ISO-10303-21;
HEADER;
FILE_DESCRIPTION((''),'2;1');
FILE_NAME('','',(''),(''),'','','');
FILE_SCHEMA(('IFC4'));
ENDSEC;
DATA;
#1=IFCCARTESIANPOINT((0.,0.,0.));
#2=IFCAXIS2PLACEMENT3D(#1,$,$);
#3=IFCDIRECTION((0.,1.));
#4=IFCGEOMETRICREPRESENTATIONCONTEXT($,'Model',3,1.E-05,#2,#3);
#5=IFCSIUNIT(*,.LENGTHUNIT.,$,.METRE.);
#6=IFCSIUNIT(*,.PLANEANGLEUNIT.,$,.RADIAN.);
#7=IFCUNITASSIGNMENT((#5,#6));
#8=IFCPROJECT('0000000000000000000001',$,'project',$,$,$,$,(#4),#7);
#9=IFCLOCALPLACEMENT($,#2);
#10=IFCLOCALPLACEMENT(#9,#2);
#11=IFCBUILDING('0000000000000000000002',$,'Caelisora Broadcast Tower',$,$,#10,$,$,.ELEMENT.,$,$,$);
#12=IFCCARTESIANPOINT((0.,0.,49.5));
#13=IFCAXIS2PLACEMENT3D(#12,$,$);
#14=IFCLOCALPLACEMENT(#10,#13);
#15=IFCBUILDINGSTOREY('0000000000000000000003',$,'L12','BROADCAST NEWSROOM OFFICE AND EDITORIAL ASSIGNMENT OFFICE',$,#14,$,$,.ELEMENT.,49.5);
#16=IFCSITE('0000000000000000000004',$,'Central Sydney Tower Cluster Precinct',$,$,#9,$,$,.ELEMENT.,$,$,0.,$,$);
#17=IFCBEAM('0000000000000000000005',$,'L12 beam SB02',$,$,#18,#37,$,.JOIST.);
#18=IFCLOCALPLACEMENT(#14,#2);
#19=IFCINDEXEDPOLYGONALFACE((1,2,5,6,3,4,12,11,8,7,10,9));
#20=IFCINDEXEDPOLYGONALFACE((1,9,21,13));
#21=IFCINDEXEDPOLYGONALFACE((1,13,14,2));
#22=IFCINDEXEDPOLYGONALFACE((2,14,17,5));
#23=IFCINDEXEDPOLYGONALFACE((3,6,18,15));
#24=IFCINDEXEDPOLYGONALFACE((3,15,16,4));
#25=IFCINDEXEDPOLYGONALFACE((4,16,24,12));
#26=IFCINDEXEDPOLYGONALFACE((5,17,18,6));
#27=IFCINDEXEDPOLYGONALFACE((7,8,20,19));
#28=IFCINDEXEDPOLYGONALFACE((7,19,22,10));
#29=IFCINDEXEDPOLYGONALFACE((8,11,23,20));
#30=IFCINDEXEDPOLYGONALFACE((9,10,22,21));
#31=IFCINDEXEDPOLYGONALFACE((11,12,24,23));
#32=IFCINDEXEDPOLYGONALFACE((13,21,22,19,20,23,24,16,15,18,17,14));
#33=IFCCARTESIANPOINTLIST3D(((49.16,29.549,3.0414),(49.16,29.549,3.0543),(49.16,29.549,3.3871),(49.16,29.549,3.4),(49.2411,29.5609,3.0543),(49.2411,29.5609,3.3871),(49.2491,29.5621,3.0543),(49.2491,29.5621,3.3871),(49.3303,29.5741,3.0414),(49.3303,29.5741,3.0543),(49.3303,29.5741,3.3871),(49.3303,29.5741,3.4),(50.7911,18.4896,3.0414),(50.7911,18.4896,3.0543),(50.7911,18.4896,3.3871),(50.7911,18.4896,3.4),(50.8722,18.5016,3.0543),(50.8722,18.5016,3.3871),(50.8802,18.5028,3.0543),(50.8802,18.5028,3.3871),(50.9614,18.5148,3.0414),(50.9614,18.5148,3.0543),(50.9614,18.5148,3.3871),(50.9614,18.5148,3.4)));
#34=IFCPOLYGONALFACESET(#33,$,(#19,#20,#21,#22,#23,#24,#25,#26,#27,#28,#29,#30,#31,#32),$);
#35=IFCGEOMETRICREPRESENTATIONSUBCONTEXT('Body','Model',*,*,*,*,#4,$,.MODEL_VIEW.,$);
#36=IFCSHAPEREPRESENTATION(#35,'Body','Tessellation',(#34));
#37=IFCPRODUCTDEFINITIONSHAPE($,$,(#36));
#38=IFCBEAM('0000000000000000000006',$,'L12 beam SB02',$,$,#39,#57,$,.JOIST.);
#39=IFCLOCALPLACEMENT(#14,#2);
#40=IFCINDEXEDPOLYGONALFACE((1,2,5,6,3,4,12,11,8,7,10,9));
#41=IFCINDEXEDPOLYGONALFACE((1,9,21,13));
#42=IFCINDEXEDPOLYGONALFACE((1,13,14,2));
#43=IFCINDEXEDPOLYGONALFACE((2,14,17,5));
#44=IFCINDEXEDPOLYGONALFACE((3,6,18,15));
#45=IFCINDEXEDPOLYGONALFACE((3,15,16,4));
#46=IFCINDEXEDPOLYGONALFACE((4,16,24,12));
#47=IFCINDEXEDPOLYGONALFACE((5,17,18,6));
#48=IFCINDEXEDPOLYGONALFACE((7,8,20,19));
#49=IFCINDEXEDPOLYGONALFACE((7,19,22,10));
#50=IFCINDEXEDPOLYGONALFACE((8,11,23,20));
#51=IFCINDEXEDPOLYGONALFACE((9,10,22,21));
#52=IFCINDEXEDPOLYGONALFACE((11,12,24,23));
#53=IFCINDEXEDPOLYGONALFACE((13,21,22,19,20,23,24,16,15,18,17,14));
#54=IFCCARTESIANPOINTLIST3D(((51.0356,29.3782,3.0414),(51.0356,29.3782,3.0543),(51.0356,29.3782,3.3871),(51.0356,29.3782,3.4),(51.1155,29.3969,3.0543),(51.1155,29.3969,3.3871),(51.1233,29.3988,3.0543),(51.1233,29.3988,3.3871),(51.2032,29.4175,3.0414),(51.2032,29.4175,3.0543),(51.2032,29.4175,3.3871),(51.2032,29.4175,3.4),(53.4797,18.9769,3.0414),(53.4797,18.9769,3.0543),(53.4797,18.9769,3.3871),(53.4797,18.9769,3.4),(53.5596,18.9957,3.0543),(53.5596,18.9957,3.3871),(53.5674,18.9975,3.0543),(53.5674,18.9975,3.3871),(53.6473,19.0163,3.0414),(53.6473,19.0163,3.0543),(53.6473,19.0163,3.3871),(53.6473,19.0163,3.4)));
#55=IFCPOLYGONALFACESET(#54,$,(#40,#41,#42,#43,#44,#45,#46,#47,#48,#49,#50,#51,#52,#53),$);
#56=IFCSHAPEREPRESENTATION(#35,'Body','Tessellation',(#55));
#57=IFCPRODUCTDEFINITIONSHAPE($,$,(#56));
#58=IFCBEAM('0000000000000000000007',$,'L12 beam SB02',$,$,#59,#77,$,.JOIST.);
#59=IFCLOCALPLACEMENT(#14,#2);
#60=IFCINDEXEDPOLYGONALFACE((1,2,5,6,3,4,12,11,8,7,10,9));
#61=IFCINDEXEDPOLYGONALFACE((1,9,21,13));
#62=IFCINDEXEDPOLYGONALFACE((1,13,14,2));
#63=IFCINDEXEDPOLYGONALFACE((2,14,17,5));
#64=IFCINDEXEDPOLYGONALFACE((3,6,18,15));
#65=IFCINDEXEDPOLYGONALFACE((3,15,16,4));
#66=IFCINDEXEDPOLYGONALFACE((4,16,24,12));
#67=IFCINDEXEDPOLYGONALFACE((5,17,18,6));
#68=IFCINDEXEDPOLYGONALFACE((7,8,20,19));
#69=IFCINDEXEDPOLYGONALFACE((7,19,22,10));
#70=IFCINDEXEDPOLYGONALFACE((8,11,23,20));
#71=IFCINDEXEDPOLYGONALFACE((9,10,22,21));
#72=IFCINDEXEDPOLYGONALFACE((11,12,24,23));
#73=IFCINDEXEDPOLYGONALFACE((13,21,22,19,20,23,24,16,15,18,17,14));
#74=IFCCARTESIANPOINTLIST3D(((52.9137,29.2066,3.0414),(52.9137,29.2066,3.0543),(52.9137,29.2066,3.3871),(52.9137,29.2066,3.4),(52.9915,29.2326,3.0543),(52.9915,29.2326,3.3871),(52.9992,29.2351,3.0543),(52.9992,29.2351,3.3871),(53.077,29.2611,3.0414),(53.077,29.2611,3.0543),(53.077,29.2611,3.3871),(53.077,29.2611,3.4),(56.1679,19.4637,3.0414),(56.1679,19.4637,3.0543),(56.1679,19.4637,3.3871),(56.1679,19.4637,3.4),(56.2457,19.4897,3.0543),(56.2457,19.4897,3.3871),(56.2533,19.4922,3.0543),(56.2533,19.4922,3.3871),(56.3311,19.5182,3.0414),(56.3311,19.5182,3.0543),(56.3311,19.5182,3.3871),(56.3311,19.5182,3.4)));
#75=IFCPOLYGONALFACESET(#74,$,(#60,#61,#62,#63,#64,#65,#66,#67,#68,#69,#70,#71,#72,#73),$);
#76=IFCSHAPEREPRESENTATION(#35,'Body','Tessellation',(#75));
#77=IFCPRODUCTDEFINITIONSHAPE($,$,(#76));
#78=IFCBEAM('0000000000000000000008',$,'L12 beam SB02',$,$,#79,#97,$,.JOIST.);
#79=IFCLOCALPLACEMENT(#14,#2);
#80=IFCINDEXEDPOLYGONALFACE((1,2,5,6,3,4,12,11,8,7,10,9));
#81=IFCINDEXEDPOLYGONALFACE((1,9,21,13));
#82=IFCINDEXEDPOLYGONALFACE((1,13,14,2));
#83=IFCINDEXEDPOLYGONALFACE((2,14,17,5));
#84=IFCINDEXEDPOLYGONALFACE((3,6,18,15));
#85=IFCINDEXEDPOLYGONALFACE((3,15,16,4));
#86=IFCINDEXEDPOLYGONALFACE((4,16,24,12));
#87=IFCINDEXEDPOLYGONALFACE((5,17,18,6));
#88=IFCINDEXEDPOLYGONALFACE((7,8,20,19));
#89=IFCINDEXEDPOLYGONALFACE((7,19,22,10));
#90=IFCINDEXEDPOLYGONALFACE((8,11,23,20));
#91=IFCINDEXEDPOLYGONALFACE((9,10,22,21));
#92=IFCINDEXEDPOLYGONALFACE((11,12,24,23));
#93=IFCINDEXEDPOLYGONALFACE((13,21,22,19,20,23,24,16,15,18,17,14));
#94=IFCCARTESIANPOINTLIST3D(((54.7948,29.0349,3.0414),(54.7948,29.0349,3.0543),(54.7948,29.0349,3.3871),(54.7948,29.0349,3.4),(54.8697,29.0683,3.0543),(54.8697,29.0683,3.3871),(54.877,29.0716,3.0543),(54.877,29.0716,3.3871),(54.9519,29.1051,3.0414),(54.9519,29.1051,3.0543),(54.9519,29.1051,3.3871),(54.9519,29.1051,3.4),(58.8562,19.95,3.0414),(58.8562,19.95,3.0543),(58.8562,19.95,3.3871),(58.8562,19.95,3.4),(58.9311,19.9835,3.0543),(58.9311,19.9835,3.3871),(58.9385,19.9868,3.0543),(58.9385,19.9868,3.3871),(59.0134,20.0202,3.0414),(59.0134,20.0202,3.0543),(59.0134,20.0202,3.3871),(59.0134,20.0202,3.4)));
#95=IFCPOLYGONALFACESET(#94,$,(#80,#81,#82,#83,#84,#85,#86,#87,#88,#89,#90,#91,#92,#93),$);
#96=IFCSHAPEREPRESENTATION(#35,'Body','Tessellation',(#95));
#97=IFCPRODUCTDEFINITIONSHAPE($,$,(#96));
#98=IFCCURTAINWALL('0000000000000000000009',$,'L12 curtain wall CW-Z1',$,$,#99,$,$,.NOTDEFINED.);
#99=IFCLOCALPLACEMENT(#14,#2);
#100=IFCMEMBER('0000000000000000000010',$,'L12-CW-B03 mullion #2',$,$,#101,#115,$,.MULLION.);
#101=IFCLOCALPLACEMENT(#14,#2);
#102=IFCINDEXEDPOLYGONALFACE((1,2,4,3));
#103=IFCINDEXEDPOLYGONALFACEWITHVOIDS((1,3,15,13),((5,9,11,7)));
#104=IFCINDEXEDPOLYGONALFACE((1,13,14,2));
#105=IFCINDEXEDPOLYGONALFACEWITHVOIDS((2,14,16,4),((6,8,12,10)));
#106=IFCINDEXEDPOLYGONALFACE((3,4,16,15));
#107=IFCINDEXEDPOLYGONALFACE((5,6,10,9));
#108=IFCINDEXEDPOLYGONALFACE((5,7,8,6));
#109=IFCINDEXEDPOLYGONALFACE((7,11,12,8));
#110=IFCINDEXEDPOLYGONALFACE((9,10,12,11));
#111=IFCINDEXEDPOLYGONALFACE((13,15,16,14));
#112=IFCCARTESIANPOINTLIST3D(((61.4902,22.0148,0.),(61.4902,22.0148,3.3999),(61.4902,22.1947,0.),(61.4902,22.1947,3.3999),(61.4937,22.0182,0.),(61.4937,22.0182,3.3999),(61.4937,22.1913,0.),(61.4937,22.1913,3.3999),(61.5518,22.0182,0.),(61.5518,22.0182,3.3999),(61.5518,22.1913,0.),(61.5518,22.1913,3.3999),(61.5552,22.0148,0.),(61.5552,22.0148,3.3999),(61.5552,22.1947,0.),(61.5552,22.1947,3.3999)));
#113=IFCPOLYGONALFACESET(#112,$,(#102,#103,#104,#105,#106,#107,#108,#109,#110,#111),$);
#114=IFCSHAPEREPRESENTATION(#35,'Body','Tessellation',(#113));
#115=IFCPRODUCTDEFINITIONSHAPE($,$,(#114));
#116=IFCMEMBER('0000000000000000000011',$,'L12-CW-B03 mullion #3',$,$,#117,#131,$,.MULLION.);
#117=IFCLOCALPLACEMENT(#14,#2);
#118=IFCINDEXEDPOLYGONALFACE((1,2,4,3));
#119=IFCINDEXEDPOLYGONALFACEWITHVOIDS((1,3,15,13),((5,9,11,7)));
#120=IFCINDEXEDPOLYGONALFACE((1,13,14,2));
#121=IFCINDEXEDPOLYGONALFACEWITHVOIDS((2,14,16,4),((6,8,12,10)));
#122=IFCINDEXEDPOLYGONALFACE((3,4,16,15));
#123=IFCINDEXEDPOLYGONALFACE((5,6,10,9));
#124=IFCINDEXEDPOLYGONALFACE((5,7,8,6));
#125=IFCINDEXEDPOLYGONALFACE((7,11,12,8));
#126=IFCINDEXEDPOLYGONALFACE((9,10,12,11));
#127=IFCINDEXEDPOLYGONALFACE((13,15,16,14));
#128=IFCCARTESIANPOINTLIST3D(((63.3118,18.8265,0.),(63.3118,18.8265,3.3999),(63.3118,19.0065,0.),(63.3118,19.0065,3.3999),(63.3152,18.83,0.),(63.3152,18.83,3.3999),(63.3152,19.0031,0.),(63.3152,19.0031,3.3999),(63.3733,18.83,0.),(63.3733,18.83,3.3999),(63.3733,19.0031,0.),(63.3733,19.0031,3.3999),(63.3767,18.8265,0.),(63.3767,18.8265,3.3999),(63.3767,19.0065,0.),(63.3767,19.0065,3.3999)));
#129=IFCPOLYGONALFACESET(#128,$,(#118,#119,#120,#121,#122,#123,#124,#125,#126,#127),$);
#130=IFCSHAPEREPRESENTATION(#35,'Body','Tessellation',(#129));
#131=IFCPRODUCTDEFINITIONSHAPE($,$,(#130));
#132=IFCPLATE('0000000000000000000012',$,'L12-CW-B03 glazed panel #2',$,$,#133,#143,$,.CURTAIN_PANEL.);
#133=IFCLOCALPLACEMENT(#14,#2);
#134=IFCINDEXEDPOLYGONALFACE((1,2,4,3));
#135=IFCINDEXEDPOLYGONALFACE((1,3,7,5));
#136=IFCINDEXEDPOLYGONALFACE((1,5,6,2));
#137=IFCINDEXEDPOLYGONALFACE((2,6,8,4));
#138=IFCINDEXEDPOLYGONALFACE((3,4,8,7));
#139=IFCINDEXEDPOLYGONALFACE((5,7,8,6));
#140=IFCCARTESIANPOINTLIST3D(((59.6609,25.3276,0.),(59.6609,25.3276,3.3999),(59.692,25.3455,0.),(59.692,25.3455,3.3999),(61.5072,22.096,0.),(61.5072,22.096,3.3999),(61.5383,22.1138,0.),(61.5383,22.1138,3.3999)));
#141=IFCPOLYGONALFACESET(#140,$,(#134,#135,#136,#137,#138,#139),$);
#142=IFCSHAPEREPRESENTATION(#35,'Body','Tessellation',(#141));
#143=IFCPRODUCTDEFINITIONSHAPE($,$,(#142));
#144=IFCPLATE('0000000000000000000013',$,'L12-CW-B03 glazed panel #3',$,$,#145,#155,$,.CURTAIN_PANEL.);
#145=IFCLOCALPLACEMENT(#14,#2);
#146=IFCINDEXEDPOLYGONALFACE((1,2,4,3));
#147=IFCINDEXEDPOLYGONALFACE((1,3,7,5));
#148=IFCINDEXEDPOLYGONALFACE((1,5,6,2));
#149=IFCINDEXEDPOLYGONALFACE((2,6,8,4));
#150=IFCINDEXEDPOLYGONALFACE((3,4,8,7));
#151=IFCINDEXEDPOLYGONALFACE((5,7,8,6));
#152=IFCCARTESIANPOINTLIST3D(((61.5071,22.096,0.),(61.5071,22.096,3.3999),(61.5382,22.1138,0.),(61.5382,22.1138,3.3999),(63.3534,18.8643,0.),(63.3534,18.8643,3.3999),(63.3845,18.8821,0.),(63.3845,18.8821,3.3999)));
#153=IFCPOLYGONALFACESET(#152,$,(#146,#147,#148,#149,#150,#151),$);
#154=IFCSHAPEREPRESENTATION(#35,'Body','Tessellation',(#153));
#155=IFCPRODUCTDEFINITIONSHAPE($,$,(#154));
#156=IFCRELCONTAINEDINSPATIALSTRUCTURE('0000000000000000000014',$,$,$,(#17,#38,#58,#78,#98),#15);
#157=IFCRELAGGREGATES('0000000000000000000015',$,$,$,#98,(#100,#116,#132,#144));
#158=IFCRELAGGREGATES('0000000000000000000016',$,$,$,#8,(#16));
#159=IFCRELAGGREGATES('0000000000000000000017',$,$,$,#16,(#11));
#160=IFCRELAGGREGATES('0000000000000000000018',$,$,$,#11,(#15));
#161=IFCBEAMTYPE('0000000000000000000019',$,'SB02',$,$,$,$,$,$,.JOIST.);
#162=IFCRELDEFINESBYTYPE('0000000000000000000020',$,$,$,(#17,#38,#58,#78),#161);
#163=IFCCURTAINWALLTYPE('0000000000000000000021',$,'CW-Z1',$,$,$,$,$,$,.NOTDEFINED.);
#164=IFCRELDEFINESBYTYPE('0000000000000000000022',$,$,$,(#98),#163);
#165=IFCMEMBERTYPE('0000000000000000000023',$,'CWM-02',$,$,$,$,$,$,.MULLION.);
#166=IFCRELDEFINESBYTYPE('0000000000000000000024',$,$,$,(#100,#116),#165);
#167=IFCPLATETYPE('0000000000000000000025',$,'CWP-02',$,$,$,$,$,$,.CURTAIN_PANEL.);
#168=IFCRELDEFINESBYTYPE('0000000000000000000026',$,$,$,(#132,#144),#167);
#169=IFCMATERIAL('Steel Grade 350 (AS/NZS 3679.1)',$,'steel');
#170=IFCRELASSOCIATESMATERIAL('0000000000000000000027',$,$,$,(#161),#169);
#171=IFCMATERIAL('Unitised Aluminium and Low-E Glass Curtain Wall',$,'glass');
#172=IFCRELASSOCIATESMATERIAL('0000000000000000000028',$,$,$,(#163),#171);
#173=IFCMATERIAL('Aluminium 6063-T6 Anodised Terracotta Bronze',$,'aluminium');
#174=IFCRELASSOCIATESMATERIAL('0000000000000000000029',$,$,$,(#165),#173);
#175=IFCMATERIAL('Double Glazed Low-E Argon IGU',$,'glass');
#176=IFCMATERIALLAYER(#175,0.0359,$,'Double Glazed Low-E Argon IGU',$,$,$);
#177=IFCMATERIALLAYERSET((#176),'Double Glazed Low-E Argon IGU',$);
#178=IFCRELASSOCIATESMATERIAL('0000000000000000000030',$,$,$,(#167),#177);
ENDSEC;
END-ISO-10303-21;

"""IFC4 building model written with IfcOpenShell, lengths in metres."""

from ifc_helpers import new_model, si_unit, direction, frame, origin, origin_2d, place, context, subcontext, project, spatial, rectangle, hollow_rectangle, i_section, extrude, source, transform, mapped, material, layer, layer_set, material_profile, profile_set, type_object, type_shapes, element, aggregate, save


model = new_model("IFC4")

# Units and contexts
model_context = context("Model", 3, precision=1e-05, world=origin(), true_north=direction((0.0, 1.0)))
body_context = subcontext(model_context, "Body", "Model", "MODEL_VIEW")
ifc_project = project(units=[si_unit("LENGTHUNIT", "METRE"), si_unit("PLANEANGLEUNIT", "RADIAN")], contexts=[model_context])

# Site, building, storey
site_placement = place(None, origin())
site = spatial("IfcSite", under=ifc_project, at=site_placement, Name="Central Sydney Tower Cluster Precinct", CompositionType="ELEMENT", RefElevation=0.0)
building_placement = place(site_placement, origin())
building = spatial("IfcBuilding", under=site, at=building_placement, Name="Caelisora Broadcast Tower", CompositionType="ELEMENT")
storey_placement = place(building_placement, frame((0.0, 0.0, 49.5)))
storey = spatial("IfcBuildingStorey", under=building, at=storey_placement, Name="L12", Description="BROADCAST NEWSROOM OFFICE AND EDITORIAL ASSIGNMENT OFFICE", CompositionType="ELEMENT", Elevation=49.5)

# Beams
ifc_material_1 = material(Name="Steel Grade 350 (AS/NZS 3679.1)", Category="steel")
ifc_material_profile_1 = material_profile(ifc_material_1, i_section(OverallWidth=0.1721, OverallDepth=0.3586, WebThickness=0.0081, FlangeThickness=0.0129, at=origin_2d()), Name="Steel Grade 350 (AS/NZS 3679.1)")
ifc_profile_set_1 = profile_set([ifc_material_profile_1], Name="Steel Grade 350 (AS/NZS 3679.1)")
beam_type_1 = type_object("IfcBeamType", Name="SB02", PredefinedType="JOIST", material=ifc_profile_set_1)
shared_shape_1 = source(origin(), body_context, "Body", "SweptSolid", [
    extrude(i_section(OverallWidth=0.1721, OverallDepth=0.3586, WebThickness=0.0081, FlangeThickness=0.0129, at=origin_2d()), origin(), (0.0, 0.0, 1.0), 11.179),
])
beam_1_placement = place(storey_placement, frame((50.8762, 18.5022, 3.2207), z_axis=(-0.145908, 0.989298, 0.0), x_axis=(-0.989298, -0.145908, 0.0)))
element("IfcBeam", 1, at=beam_1_placement, inside=storey, type_object=beam_type_1, Name="L12 beam SB02", PredefinedType="JOIST", context=body_context, shape_type="MappedRepresentation", body=[
    mapped(shared_shape_1, transform((0.0, 0.0, 0.0), scale=1.0)),
])
shared_shape_2 = source(origin(), body_context, "Body", "SweptSolid", [
    extrude(i_section(OverallWidth=0.1721, OverallDepth=0.3586, WebThickness=0.0081, FlangeThickness=0.0129, at=origin_2d()), origin(), (0.0, 0.0, 1.0), 10.6846),
])
beam_2_placement = place(storey_placement, frame((53.5635, 18.9966, 3.2207), z_axis=(-0.228748, 0.973486, 0.0), x_axis=(-0.973486, -0.228748, 0.0)))
element("IfcBeam", 2, at=beam_2_placement, inside=storey, type_object=beam_type_1, Name="L12 beam SB02", PredefinedType="JOIST", context=body_context, shape_type="MappedRepresentation", body=[
    mapped(shared_shape_2, transform((0.0, 0.0, 0.0), scale=1.0)),
])
shared_shape_3 = source(origin(), body_context, "Body", "SweptSolid", [
    extrude(i_section(OverallWidth=0.1721, OverallDepth=0.3586, WebThickness=0.0081, FlangeThickness=0.0129, at=origin_2d()), origin(), (0.0, 0.0, 1.0), 10.272),
])
beam_3_placement = place(storey_placement, frame((56.2495, 19.491, 3.2207), z_axis=(-0.316798, 0.948493, 0.0), x_axis=(-0.948493, -0.316798, 0.0)))
element("IfcBeam", 3, at=beam_3_placement, inside=storey, type_object=beam_type_1, Name="L12 beam SB02", PredefinedType="JOIST", context=body_context, shape_type="MappedRepresentation", body=[
    mapped(shared_shape_3, transform((0.0, 0.0, 0.0), scale=1.0)),
])
shared_shape_4 = source(origin(), body_context, "Body", "SweptSolid", [
    extrude(i_section(OverallWidth=0.1721, OverallDepth=0.3586, WebThickness=0.0081, FlangeThickness=0.0129, at=origin_2d()), origin(), (0.0, 0.0, 1.0), 9.9514),
])
beam_4_placement = place(storey_placement, frame((58.9348, 19.9851, 3.2207), z_axis=(-0.408132, 0.912923, 0.0), x_axis=(-0.912923, -0.408132, 0.0)))
element("IfcBeam", 4, at=beam_4_placement, inside=storey, type_object=beam_type_1, Name="L12 beam SB02", PredefinedType="JOIST", context=body_context, shape_type="MappedRepresentation", body=[
    mapped(shared_shape_4, transform((0.0, 0.0, 0.0), scale=1.0)),
])

# Curtain wall, members, plates
ifc_material_2 = material(Name="Unitised Aluminium and Low-E Glass Curtain Wall", Category="glass")
curtain_wall_type = type_object("IfcCurtainWallType", Name="CW-Z1", PredefinedType="NOTDEFINED", material=ifc_material_2)
curtain_wall_placement = place(storey_placement, origin())
curtain_wall = element("IfcCurtainWall", 5, at=curtain_wall_placement, inside=storey, type_object=curtain_wall_type, Name="L12 curtain wall CW-Z1", PredefinedType="NOTDEFINED")
ifc_material_3 = material(Name="Aluminium 6063-T6 Anodised Terracotta Bronze", Category="aluminium")
ifc_material_profile_2 = material_profile(ifc_material_3, hollow_rectangle(XDim=0.0649, YDim=0.1799, WallThickness=0.0034, at=origin_2d()), Name="Aluminium 6063-T6 Anodised Terracotta Bronze")
ifc_profile_set_2 = profile_set([ifc_material_profile_2], Name="Aluminium 6063-T6 Anodised Terracotta Bronze")
member_type = type_object("IfcMemberType", Name="CWM-02", PredefinedType="MULLION", material=ifc_profile_set_2)
shared_shape_5 = source(origin(), body_context, "Body", "SweptSolid", [
    extrude(hollow_rectangle(XDim=0.0649, YDim=0.1799, WallThickness=0.0034, at=origin_2d()), origin(), (0.0, 0.0, 1.0), 3.3999),
])
type_shapes(member_type, [shared_shape_5])
member_1_placement = place(storey_placement, frame((61.5227, 22.1047, 0.0), z_axis=(0.0, 0.0, 1.0), x_axis=(1.0, 0.0, 0.0)))
member_1 = element("IfcMember", 6, at=member_1_placement, type_object=member_type, Name="L12-CW-B03 mullion #2", PredefinedType="MULLION", context=body_context, shape_type="MappedRepresentation", body=[
    mapped(shared_shape_5, transform((0.0, 0.0, 0.0), scale=1.0)),
])
member_2_placement = place(storey_placement, frame((63.3442, 18.9165, 0.0), z_axis=(0.0, 0.0, 1.0), x_axis=(1.0, 0.0, 0.0)))
member_2 = element("IfcMember", 7, at=member_2_placement, type_object=member_type, Name="L12-CW-B03 mullion #3", PredefinedType="MULLION", context=body_context, shape_type="MappedRepresentation", body=[
    mapped(shared_shape_5, transform((0.0, 0.0, 0.0), scale=1.0)),
])
ifc_material_4 = material(Name="Double Glazed Low-E Argon IGU", Category="glass")
ifc_layer_1 = layer(ifc_material_4, 0.0359, Name="Double Glazed Low-E Argon IGU")
ifc_layer_set_1 = layer_set([ifc_layer_1], Name="Double Glazed Low-E Argon IGU")
plate_type = type_object("IfcPlateType", Name="CWP-02", PredefinedType="CURTAIN_PANEL", material=ifc_layer_set_1)
shared_shape_6 = source(origin(), body_context, "Body", "SweptSolid", [
    extrude(rectangle(XDim=3.7219, YDim=0.0359, at=origin_2d()), origin(), (0.0, 0.0, 1.0), 3.3999),
])
type_shapes(plate_type, [shared_shape_6])
plate_1_placement = place(storey_placement, frame((60.5996, 23.7207, 0.0), z_axis=(0.0, 0.0, 1.0), x_axis=(0.496065, -0.868285, 0.0)))
plate_1 = element("IfcPlate", 8, at=plate_1_placement, type_object=plate_type, Name="L12-CW-B03 glazed panel #2", PredefinedType="CURTAIN_PANEL", context=body_context, shape_type="MappedRepresentation", body=[
    mapped(shared_shape_6, transform((0.0, 0.0, 0.0), scale=1.0)),
])
plate_2_placement = place(storey_placement, frame((62.4458, 20.489, 0.0), z_axis=(0.0, 0.0, 1.0), x_axis=(0.496065, -0.868285, 0.0)))
plate_2 = element("IfcPlate", 9, at=plate_2_placement, type_object=plate_type, Name="L12-CW-B03 glazed panel #3", PredefinedType="CURTAIN_PANEL", context=body_context, shape_type="MappedRepresentation", body=[
    mapped(shared_shape_6, transform((0.0, 0.0, 0.0), scale=1.0)),
])
aggregate(curtain_wall, [member_1, member_2, plate_1, plate_2])

save(model, "model.ifc")
